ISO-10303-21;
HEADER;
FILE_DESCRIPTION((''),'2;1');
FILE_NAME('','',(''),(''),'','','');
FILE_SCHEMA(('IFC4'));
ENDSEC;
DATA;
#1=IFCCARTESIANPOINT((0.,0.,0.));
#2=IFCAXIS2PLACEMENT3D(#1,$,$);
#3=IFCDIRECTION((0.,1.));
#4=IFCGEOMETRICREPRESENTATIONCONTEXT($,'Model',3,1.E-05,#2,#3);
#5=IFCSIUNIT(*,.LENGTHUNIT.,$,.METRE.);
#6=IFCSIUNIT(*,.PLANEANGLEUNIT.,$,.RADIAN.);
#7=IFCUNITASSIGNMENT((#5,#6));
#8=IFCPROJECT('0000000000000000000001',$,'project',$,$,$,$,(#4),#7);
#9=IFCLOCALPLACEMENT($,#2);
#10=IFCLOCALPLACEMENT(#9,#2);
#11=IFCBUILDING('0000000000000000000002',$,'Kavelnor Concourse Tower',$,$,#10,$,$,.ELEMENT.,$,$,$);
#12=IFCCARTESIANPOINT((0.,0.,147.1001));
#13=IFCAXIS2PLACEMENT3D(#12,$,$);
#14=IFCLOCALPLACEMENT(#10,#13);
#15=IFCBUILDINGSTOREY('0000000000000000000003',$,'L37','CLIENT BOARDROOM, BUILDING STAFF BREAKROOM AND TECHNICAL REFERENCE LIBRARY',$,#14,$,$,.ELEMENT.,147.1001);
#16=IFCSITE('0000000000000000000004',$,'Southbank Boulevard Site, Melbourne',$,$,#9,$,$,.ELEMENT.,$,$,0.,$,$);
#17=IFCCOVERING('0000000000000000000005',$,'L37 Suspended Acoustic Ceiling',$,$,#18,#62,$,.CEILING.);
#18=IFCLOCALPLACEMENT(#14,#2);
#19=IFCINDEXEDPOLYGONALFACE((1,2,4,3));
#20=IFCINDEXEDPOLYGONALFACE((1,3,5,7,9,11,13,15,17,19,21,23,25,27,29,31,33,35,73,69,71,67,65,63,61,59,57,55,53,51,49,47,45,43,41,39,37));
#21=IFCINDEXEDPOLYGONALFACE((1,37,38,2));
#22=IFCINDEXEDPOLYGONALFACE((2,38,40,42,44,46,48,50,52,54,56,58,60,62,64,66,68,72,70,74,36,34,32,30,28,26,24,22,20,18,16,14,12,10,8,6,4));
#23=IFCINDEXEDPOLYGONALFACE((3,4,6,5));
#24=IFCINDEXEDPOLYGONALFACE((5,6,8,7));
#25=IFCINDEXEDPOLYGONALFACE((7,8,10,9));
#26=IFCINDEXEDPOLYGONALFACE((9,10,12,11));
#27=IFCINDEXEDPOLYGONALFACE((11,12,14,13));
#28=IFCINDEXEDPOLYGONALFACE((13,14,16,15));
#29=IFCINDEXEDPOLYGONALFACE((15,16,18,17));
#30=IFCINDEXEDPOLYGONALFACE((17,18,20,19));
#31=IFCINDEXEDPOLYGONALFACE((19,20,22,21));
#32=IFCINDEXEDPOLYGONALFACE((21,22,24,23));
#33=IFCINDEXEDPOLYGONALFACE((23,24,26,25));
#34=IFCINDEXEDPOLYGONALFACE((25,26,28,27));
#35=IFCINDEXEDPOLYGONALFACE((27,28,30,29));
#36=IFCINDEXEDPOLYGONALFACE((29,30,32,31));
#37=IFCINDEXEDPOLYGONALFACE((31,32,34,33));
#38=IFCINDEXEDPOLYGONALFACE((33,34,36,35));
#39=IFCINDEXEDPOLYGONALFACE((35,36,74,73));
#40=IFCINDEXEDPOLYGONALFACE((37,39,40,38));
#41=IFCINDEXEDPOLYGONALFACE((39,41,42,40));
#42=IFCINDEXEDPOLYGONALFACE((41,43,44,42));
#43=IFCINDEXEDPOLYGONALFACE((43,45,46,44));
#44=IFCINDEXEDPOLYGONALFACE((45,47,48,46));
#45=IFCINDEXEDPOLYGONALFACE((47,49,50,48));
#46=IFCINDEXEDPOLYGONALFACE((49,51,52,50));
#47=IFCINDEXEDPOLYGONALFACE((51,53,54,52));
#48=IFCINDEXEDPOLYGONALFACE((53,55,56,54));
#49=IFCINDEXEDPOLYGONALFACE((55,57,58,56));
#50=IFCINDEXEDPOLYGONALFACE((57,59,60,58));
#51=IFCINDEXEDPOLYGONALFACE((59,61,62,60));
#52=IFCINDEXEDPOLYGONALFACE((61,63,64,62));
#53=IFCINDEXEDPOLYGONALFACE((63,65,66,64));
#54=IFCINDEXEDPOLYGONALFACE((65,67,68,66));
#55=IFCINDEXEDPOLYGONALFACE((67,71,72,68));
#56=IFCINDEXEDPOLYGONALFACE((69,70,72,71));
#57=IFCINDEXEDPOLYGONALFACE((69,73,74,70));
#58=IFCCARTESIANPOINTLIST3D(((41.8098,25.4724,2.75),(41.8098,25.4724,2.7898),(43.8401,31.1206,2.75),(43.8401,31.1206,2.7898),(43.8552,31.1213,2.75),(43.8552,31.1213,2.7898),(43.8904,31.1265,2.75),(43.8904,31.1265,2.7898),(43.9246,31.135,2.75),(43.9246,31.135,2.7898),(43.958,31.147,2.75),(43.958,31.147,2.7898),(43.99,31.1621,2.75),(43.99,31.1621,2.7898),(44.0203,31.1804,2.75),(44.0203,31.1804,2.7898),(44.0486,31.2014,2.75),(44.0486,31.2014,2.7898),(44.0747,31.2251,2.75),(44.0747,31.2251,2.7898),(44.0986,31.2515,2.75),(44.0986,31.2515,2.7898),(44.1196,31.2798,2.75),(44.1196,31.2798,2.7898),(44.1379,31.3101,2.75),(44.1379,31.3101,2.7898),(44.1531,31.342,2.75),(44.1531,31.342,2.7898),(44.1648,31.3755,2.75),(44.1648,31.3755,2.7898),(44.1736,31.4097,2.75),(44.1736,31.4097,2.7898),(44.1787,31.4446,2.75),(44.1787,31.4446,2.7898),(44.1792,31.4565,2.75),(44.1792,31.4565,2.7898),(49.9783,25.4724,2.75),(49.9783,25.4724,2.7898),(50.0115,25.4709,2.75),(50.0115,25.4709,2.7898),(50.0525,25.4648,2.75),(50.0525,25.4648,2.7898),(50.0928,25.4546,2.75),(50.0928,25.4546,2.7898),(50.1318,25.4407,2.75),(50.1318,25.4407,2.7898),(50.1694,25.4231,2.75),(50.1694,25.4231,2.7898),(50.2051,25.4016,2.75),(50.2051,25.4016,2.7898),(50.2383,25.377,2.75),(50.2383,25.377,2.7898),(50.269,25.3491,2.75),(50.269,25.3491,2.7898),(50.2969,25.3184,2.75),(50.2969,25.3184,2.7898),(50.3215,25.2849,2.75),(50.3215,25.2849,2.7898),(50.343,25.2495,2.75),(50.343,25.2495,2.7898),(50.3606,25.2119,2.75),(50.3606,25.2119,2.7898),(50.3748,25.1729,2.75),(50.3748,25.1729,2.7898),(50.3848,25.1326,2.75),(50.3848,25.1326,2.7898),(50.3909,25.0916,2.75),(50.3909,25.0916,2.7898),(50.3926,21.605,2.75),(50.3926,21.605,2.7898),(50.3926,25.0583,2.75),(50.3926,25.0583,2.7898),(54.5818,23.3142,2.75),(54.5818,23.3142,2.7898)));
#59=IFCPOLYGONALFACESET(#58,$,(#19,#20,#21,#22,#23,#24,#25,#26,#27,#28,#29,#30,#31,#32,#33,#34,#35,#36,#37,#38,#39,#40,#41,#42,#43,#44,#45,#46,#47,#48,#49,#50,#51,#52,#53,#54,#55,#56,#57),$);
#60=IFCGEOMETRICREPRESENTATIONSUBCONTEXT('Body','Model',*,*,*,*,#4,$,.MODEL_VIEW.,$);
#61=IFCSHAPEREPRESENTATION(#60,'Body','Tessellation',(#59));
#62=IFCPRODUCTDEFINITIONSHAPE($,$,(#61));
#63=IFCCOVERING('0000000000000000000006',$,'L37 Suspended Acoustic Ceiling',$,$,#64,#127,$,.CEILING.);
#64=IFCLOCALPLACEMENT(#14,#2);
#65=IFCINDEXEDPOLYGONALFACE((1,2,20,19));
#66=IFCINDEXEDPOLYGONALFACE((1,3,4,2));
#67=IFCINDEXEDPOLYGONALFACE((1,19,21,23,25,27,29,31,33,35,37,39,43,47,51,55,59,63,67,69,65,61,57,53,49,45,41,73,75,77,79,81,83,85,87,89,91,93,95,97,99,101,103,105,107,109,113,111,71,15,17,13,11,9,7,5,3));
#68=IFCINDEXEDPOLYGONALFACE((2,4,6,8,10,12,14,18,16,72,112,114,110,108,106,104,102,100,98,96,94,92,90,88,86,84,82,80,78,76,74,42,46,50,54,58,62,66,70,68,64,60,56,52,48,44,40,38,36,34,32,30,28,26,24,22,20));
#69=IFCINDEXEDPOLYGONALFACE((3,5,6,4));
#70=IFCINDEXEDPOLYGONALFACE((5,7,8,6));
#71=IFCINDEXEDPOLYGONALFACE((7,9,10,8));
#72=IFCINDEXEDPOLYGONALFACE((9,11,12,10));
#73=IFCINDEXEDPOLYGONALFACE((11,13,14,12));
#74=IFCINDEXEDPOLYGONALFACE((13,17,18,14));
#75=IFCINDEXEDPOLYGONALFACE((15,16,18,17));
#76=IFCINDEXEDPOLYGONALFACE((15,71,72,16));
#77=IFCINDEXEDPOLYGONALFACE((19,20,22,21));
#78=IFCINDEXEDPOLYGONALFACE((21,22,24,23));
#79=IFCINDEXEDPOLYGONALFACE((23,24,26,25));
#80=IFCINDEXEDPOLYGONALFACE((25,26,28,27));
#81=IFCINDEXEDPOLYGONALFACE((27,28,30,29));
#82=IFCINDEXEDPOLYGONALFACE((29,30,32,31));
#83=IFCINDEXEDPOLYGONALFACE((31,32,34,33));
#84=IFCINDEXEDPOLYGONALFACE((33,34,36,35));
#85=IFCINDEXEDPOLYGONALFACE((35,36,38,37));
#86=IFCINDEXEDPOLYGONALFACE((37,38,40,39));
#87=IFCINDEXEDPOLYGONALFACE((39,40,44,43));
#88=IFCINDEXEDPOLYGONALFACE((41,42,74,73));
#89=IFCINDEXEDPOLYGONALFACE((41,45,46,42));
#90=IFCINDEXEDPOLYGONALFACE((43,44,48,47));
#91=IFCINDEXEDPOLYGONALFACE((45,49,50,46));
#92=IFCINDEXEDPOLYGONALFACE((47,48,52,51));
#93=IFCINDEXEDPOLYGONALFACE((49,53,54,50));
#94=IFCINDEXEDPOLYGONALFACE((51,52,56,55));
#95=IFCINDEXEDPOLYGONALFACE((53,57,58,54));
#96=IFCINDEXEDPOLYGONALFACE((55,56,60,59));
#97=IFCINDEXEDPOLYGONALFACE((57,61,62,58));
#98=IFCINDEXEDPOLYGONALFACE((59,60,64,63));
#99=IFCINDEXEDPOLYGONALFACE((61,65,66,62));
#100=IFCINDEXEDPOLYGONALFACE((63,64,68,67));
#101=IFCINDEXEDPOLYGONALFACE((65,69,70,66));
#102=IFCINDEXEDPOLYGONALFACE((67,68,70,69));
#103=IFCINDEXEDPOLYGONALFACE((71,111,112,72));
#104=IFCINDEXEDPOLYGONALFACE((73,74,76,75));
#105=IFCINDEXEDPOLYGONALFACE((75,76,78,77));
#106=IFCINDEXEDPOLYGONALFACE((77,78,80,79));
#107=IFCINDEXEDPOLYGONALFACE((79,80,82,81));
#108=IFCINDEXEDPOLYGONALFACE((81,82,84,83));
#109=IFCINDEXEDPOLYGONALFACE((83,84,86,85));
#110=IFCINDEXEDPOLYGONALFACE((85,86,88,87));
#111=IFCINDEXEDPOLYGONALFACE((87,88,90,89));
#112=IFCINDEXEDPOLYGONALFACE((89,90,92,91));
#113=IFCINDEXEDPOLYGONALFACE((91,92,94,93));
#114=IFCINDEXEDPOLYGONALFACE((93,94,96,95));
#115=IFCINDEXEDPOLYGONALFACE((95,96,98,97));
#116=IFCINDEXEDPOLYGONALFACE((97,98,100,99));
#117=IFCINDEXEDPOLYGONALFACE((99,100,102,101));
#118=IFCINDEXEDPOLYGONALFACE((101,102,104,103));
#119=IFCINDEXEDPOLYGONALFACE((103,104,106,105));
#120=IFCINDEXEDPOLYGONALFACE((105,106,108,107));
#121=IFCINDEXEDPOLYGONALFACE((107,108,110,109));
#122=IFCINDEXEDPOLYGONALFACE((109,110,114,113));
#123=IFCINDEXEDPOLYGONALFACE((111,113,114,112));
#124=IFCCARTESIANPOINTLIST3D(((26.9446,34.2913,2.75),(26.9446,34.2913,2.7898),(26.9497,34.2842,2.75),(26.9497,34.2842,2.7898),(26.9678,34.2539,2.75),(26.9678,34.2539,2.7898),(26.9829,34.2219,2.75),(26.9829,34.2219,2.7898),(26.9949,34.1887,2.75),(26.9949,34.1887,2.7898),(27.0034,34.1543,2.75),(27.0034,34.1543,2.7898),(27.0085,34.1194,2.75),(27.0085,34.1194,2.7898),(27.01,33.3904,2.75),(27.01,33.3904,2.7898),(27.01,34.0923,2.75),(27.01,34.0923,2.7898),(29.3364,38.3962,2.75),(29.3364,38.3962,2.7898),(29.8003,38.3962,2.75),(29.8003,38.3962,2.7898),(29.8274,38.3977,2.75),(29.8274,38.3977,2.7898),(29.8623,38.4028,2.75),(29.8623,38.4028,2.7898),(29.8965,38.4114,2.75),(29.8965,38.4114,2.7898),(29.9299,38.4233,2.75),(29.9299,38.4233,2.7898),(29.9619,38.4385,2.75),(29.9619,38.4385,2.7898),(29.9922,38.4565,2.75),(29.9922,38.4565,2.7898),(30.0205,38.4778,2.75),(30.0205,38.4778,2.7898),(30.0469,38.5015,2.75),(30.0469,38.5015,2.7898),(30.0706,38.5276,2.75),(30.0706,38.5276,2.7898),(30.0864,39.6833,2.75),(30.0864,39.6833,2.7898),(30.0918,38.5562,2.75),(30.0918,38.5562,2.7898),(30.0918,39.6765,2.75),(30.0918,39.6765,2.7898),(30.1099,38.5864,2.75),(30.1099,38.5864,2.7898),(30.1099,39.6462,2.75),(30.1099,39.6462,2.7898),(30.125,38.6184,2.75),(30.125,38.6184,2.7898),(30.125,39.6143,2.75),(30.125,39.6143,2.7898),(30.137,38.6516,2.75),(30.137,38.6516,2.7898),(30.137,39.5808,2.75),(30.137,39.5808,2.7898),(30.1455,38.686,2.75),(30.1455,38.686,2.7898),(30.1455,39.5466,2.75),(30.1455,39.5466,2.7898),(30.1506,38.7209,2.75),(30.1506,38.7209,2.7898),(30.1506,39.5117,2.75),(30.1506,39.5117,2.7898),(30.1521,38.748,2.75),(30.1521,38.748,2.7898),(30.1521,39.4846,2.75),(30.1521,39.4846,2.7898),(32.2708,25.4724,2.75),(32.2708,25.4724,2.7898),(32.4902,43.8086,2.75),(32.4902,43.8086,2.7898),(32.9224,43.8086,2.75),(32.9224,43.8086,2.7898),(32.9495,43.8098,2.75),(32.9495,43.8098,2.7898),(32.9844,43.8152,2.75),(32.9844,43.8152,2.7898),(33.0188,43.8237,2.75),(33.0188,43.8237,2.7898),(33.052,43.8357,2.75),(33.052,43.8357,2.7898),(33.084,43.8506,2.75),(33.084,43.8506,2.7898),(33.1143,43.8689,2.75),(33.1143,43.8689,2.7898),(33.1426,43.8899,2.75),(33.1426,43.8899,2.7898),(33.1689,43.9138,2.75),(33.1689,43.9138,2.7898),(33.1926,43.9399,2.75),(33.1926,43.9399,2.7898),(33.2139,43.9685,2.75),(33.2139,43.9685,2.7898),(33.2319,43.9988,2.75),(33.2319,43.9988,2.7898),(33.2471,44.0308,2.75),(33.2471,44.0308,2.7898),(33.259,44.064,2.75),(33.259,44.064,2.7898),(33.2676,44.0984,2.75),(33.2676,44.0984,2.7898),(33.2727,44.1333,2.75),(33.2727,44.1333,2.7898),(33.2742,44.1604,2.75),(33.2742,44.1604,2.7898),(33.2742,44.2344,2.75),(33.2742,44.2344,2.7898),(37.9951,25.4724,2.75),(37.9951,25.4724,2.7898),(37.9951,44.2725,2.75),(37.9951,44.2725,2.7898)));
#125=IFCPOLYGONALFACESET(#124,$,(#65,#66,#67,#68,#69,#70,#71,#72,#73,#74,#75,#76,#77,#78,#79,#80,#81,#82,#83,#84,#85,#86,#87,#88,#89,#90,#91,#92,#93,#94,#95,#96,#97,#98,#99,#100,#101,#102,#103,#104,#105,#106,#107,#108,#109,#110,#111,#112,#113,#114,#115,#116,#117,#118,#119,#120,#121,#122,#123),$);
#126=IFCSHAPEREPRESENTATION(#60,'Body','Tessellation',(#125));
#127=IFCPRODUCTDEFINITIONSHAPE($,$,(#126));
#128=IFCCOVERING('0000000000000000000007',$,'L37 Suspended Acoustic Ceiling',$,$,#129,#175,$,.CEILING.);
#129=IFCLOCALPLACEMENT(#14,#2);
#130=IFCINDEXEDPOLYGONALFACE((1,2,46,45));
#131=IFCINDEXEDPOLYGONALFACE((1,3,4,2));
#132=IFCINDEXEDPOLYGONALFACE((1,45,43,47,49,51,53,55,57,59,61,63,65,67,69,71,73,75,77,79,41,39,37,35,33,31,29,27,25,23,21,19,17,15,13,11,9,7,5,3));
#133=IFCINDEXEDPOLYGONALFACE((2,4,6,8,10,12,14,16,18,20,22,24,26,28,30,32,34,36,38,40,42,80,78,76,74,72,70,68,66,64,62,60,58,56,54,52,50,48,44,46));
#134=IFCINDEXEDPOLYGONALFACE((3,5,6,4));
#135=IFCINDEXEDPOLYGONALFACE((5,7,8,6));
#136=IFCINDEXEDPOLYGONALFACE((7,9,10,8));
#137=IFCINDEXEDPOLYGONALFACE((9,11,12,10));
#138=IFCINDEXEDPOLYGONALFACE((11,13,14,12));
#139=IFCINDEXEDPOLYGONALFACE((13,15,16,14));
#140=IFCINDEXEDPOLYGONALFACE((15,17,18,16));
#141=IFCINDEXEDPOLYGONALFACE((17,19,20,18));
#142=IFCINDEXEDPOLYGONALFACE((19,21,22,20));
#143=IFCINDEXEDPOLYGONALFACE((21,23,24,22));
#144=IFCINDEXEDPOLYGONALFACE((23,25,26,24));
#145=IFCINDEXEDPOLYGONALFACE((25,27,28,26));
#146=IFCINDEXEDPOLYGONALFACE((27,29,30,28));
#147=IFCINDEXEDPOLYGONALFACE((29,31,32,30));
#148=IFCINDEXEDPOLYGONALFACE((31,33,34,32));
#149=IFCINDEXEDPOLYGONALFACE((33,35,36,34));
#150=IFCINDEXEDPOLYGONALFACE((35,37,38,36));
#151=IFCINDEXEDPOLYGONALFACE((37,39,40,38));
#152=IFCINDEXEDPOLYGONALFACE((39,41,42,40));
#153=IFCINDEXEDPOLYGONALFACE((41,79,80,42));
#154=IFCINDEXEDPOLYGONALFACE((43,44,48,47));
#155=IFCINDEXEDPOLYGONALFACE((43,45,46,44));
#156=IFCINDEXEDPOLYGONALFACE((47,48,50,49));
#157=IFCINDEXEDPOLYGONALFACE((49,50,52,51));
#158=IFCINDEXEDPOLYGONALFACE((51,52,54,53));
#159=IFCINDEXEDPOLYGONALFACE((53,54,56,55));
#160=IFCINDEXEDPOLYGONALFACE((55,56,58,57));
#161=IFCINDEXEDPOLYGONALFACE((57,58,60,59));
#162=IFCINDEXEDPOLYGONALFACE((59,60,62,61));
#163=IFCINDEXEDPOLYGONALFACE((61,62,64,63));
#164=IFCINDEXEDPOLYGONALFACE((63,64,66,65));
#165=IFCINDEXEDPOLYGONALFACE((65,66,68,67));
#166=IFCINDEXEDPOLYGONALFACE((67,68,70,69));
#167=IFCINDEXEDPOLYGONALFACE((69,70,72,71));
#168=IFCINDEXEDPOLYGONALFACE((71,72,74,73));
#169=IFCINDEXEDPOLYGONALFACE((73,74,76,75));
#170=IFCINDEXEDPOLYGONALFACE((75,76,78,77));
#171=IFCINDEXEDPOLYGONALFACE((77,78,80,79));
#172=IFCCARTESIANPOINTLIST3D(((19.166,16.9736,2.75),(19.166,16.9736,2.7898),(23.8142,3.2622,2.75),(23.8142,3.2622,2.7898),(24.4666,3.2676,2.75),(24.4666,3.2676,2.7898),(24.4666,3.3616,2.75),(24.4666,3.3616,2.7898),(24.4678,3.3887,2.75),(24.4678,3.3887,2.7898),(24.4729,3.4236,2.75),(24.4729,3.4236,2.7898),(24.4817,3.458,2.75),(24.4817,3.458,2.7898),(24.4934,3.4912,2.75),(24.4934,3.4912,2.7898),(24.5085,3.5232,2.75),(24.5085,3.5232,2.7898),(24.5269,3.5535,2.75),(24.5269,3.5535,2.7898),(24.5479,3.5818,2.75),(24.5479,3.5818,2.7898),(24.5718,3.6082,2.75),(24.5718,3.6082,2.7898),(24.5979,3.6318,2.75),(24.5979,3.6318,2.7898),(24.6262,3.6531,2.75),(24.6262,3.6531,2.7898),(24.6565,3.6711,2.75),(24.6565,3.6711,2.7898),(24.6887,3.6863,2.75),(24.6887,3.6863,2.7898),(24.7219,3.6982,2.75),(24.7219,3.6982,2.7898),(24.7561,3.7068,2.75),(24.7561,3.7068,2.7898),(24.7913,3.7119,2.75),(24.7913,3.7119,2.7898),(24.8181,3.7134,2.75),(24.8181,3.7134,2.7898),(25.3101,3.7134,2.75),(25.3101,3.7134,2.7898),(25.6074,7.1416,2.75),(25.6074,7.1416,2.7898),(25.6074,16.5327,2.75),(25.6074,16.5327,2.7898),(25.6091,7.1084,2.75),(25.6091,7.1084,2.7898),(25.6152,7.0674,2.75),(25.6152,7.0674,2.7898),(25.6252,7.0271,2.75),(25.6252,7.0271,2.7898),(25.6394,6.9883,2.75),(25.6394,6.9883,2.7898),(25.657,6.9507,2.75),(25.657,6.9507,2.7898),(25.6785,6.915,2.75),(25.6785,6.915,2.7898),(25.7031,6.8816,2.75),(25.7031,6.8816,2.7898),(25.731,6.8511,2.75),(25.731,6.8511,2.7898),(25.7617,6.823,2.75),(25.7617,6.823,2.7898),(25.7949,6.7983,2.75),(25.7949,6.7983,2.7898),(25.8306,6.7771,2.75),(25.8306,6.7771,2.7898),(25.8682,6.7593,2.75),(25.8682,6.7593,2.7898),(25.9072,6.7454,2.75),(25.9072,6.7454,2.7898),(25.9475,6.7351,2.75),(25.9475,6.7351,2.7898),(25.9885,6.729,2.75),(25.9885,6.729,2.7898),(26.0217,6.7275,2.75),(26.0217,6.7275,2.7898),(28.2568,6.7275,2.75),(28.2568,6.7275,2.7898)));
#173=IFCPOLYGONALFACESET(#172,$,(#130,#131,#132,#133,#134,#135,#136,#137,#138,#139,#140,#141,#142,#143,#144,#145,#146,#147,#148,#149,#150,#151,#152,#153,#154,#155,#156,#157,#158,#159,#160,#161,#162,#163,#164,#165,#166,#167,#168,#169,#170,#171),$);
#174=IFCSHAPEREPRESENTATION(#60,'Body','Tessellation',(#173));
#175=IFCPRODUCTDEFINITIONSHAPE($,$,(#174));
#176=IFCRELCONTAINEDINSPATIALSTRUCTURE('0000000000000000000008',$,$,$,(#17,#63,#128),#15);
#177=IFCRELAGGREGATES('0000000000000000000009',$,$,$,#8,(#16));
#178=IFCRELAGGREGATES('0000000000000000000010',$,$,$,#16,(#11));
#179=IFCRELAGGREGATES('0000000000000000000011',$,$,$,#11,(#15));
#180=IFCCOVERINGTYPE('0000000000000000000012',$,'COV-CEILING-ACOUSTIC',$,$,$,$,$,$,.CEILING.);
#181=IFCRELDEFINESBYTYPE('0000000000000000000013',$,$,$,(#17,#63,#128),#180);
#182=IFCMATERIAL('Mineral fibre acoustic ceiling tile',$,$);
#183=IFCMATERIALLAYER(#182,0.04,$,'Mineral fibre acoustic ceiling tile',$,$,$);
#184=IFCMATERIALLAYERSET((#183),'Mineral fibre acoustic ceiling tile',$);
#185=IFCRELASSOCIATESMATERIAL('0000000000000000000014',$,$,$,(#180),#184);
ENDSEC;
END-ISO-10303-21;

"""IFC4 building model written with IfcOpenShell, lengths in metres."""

from ifc_helpers import new_model, si_unit, direction, frame, origin, place, context, subcontext, project, spatial, polyline, outline, extrude, material, layer, layer_set, type_object, element, save


model = new_model("IFC4")

# Units and contexts
model_context = context("Model", 3, precision=1e-05, world=origin(), true_north=direction((0.0, 1.0)))
body_context = subcontext(model_context, "Body", "Model", "MODEL_VIEW")
ifc_project = project(units=[si_unit("LENGTHUNIT", "METRE"), si_unit("PLANEANGLEUNIT", "RADIAN")], contexts=[model_context])

# Site, building, storey
site_placement = place(None, origin())
site = spatial("IfcSite", under=ifc_project, at=site_placement, Name="Southbank Boulevard Site, Melbourne", CompositionType="ELEMENT", RefElevation=0.0)
building_placement = place(site_placement, origin())
building = spatial("IfcBuilding", under=site, at=building_placement, Name="Kavelnor Concourse Tower", CompositionType="ELEMENT")
storey_placement = place(building_placement, frame((0.0, 0.0, 147.1001)))
storey = spatial("IfcBuildingStorey", under=building, at=storey_placement, Name="L37", Description="CLIENT BOARDROOM, BUILDING STAFF BREAKROOM AND TECHNICAL REFERENCE LIBRARY", CompositionType="ELEMENT", Elevation=147.1001)

# Coverings
ifc_material_1 = material(Name="Mineral fibre acoustic ceiling tile")
ifc_layer_1 = layer(ifc_material_1, 0.04, Name="Mineral fibre acoustic ceiling tile")
ifc_layer_set_1 = layer_set([ifc_layer_1], Name="Mineral fibre acoustic ceiling tile")
covering_type_1 = type_object("IfcCoveringType", Name="COV-CEILING-ACOUSTIC", PredefinedType="CEILING", material=ifc_layer_set_1)
covering_1_placement = place(storey_placement, frame((0.0, 0.0, 2.75)))
element("IfcCovering", 1, at=covering_1_placement, inside=storey, type_object=covering_type_1, Name="L37 Suspended Acoustic Ceiling", PredefinedType="CEILING", context=body_context, shape_type="SweptSolid", body=[
    extrude(outline(polyline([(43.8552, 31.1213), (43.8904, 31.1265), (43.9246, 31.135), (43.958, 31.147), (43.99, 31.1621), (44.0203, 31.1804), (44.0486, 31.2014), (44.0747, 31.2251), (44.0986, 31.2515), (44.1196, 31.2798), (44.1379, 31.3101), (44.1531, 31.342), (44.1648, 31.3755), (44.1736, 31.4097), (44.1787, 31.4446), (44.1792, 31.4565), (54.5818, 23.3142), (50.3926, 21.605), (50.3926, 25.0583), (50.3909, 25.0916), (50.3848, 25.1326), (50.3748, 25.1729), (50.3606, 25.2119), (50.343, 25.2495), (50.3215, 25.2849), (50.2969, 25.3184), (50.269, 25.3491), (50.2383, 25.377), (50.2051, 25.4016), (50.1694, 25.4231), (50.1318, 25.4407), (50.0928, 25.4546), (50.0525, 25.4648), (50.0115, 25.4709), (49.9783, 25.4724), (41.8098, 25.4724), (43.8401, 31.1206), (43.8552, 31.1213)])), origin(), (0.0, 0.0, 1.0), 0.0398),
])
covering_2_placement = place(storey_placement, frame((0.0, 0.0, 2.75)))
element("IfcCovering", 2, at=covering_2_placement, inside=storey, type_object=covering_type_1, Name="L37 Suspended Acoustic Ceiling", PredefinedType="CEILING", context=body_context, shape_type="SweptSolid", body=[
    extrude(outline(polyline([(29.8274, 38.3977), (29.8623, 38.4028), (29.8965, 38.4114), (29.9299, 38.4233), (29.9619, 38.4385), (29.9922, 38.4565), (30.0205, 38.4778), (30.0469, 38.5015), (30.0706, 38.5276), (30.0918, 38.5562), (30.1099, 38.5864), (30.125, 38.6184), (30.137, 38.6516), (30.1455, 38.686), (30.1506, 38.7209), (30.1521, 38.748), (30.1521, 39.4846), (30.1506, 39.5117), (30.1455, 39.5466), (30.137, 39.5808), (30.125, 39.6143), (30.1099, 39.6462), (30.0918, 39.6765), (30.0864, 39.6833), (32.4902, 43.8086), (32.9224, 43.8086), (32.9495, 43.8098), (32.9844, 43.8152), (33.0188, 43.8237), (33.052, 43.8357), (33.084, 43.8506), (33.1143, 43.8689), (33.1426, 43.8899), (33.1689, 43.9138), (33.1926, 43.9399), (33.2139, 43.9685), (33.2319, 43.9988), (33.2471, 44.0308), (33.259, 44.064), (33.2676, 44.0984), (33.2727, 44.1333), (33.2742, 44.1604), (33.2742, 44.2344), (37.9951, 44.2725), (37.9951, 25.4724), (32.2708, 25.4724), (27.01, 33.3904), (27.01, 34.0923), (27.0085, 34.1194), (27.0034, 34.1543), (26.9949, 34.1887), (26.9829, 34.2219), (26.9678, 34.2539), (26.9497, 34.2842), (26.9446, 34.2913), (29.3364, 38.3962), (29.8003, 38.3962), (29.8274, 38.3977)])), origin(), (0.0, 0.0, 1.0), 0.0398),
])
covering_3_placement = place(storey_placement, frame((0.0, 0.0, 2.75)))
element("IfcCovering", 3, at=covering_3_placement, inside=storey, type_object=covering_type_1, Name="L37 Suspended Acoustic Ceiling", PredefinedType="CEILING", context=body_context, shape_type="SweptSolid", body=[
    extrude(outline(polyline([(25.6091, 7.1084), (25.6152, 7.0674), (25.6252, 7.0271), (25.6394, 6.9883), (25.657, 6.9507), (25.6785, 6.915), (25.7031, 6.8816), (25.731, 6.8511), (25.7617, 6.823), (25.7949, 6.7983), (25.8306, 6.7771), (25.8682, 6.7593), (25.9072, 6.7454), (25.9475, 6.7351), (25.9885, 6.729), (26.0217, 6.7275), (28.2568, 6.7275), (25.3101, 3.7134), (24.8181, 3.7134), (24.7913, 3.7119), (24.7561, 3.7068), (24.7219, 3.6982), (24.6887, 3.6863), (24.6565, 3.6711), (24.6262, 3.6531), (24.5979, 3.6318), (24.5718, 3.6082), (24.5479, 3.5818), (24.5269, 3.5535), (24.5085, 3.5232), (24.4934, 3.4912), (24.4817, 3.458), (24.4729, 3.4236), (24.4678, 3.3887), (24.4666, 3.3616), (24.4666, 3.2676), (23.8142, 3.2622), (19.166, 16.9736), (25.6074, 16.5327), (25.6074, 7.1416), (25.6091, 7.1084)])), origin(), (0.0, 0.0, 1.0), 0.0398),
])

save(model, "model.ifc")
